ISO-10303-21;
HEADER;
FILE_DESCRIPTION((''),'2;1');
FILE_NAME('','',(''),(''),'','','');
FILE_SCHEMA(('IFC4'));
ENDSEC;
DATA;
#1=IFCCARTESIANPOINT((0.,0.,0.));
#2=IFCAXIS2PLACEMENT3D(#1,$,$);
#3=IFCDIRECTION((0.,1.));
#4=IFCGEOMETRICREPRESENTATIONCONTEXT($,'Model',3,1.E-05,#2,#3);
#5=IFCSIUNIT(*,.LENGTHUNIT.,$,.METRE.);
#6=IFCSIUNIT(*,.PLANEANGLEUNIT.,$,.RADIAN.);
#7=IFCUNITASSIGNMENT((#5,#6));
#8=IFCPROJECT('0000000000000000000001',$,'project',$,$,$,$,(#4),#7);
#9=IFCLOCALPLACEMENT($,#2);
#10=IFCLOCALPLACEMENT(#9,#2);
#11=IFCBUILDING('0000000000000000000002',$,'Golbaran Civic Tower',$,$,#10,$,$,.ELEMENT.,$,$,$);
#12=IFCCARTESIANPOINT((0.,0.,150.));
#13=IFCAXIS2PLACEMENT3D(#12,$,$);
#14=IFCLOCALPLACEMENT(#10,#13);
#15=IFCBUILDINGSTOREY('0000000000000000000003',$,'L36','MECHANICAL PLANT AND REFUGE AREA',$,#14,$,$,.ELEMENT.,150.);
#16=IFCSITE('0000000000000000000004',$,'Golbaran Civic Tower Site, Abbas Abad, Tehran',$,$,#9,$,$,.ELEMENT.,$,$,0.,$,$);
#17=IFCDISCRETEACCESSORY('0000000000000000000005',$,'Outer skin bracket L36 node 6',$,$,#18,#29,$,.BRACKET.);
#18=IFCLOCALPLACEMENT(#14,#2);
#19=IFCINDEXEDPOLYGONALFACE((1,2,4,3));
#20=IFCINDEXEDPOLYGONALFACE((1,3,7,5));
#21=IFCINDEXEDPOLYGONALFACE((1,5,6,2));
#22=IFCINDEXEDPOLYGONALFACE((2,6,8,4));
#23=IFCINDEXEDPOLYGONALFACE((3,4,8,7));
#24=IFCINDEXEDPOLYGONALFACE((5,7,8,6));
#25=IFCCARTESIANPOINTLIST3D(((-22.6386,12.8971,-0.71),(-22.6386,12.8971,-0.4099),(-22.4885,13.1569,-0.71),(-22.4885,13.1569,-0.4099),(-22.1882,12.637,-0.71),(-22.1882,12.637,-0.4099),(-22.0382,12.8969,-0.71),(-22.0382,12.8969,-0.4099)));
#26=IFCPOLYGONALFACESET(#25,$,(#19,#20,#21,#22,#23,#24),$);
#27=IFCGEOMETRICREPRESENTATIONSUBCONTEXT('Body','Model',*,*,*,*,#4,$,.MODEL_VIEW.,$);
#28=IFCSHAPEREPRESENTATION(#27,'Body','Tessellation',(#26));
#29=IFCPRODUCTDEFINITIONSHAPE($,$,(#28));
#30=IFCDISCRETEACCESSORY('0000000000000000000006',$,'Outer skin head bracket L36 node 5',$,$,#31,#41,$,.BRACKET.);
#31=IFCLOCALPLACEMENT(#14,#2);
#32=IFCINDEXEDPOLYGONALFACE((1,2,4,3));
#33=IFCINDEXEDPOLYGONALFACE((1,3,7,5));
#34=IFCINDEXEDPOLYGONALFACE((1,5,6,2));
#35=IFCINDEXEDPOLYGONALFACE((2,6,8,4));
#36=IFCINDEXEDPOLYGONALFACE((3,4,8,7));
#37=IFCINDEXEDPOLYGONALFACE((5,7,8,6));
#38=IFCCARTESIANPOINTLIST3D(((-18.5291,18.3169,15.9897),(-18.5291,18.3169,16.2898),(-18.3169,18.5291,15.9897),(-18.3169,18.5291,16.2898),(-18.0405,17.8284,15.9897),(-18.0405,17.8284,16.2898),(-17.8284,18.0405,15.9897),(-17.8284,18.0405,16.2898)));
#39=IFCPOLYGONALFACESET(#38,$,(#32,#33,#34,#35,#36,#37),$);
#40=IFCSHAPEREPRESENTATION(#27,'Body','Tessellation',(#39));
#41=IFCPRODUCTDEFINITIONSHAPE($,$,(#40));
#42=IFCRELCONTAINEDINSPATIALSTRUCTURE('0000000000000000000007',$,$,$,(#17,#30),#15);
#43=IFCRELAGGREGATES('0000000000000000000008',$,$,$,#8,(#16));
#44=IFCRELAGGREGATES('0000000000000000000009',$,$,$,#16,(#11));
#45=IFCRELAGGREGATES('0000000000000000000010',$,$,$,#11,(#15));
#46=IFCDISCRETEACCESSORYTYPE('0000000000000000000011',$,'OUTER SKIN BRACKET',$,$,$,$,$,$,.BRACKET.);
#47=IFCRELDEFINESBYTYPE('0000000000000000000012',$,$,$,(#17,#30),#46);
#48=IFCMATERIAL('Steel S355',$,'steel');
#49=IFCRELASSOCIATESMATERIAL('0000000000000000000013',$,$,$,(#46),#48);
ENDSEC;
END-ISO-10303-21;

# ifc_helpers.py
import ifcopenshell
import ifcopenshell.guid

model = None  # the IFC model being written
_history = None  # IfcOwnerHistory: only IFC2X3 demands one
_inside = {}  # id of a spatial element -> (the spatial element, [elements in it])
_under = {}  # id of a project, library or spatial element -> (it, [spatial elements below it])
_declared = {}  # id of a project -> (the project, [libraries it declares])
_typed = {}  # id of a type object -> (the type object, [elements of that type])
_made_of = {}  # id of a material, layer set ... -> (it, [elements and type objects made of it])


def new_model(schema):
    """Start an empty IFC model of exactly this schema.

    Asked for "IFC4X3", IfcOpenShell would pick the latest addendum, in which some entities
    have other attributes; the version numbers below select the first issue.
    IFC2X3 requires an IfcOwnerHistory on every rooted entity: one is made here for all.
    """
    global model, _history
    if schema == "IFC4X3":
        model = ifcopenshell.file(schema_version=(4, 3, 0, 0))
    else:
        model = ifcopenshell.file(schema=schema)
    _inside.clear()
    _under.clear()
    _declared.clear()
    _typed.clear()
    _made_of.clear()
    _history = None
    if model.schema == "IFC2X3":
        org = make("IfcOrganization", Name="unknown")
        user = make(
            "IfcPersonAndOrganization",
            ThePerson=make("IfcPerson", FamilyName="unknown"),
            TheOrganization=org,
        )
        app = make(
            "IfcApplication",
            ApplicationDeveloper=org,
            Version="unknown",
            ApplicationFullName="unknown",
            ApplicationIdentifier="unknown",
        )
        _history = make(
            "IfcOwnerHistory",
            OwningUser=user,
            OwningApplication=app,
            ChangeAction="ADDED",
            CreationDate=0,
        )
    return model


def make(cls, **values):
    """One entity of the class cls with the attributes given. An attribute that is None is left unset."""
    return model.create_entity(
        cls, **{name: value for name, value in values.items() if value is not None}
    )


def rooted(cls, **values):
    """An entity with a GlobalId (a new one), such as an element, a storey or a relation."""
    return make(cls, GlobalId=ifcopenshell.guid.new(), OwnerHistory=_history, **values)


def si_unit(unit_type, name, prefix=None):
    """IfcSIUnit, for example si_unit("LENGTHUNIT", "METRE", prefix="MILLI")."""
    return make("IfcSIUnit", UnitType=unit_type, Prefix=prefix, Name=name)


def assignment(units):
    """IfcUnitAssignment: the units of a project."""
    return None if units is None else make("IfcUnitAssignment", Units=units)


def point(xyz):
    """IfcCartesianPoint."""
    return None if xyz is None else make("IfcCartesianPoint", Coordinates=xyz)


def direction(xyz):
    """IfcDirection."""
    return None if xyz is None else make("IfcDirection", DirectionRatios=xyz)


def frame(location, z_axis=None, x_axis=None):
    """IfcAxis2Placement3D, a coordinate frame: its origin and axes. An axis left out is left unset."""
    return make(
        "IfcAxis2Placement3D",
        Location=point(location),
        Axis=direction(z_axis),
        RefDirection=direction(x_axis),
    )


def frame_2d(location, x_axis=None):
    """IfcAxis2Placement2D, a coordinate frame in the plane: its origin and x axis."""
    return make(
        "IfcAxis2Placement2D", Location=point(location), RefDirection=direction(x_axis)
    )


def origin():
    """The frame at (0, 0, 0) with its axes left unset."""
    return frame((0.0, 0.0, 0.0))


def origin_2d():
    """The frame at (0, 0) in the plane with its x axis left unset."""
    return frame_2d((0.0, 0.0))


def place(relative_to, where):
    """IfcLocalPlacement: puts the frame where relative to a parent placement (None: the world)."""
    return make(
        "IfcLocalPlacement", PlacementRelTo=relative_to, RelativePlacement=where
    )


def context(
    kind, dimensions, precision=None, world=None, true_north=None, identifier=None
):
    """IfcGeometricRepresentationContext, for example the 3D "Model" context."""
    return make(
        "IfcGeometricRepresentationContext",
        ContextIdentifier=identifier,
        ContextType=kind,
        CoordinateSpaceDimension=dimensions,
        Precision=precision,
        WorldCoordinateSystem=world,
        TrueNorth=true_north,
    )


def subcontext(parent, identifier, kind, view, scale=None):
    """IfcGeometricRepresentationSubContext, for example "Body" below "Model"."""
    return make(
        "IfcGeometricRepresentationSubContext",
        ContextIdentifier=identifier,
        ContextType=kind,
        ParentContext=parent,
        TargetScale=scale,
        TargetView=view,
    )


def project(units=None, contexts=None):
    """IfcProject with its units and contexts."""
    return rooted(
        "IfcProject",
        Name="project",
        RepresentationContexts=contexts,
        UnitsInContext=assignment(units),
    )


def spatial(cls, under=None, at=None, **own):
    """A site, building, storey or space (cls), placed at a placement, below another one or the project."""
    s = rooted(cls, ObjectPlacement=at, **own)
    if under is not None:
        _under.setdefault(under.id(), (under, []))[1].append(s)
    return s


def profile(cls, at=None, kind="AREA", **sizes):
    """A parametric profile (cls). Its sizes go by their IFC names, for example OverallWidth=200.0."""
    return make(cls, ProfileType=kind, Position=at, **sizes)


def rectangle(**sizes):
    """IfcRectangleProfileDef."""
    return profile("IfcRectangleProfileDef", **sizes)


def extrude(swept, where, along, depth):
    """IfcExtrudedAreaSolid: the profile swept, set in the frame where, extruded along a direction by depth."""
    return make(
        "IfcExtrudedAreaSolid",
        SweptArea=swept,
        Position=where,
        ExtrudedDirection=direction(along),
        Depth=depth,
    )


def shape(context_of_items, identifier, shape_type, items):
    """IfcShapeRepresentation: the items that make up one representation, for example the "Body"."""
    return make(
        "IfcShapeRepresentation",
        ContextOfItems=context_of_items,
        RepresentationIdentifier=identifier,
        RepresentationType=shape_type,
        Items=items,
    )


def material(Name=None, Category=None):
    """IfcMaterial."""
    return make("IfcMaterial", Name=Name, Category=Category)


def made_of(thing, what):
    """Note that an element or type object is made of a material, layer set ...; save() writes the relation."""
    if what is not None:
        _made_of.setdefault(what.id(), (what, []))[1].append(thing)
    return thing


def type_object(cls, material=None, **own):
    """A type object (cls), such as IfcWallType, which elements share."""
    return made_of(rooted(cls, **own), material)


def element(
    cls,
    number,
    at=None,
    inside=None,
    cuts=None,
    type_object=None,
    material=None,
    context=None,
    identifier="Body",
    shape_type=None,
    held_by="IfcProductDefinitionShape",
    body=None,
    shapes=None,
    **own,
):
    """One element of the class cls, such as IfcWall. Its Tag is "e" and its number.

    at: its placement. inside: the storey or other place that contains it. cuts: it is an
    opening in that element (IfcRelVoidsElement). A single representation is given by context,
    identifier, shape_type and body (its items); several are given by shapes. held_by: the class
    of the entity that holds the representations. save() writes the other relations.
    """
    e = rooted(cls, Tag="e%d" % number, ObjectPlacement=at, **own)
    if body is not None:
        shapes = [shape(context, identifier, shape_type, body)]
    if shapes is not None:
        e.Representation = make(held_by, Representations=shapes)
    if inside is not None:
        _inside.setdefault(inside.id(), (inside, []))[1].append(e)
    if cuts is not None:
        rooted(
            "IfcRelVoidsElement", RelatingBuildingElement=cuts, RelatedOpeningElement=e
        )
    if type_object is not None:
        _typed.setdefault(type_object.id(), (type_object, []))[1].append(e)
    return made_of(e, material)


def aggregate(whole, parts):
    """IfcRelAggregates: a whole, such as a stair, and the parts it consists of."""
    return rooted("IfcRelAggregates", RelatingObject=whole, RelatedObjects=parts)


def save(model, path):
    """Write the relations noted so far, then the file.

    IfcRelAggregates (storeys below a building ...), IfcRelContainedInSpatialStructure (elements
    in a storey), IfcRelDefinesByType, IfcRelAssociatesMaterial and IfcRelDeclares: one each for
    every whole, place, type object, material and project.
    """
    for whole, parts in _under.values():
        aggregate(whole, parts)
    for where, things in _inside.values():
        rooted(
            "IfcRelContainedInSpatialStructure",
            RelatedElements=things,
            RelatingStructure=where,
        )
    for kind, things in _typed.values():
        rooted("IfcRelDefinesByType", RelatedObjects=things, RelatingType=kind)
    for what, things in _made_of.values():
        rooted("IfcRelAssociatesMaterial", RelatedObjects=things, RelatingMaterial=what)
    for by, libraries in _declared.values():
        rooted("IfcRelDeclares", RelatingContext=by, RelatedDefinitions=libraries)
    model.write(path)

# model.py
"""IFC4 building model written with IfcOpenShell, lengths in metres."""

from ifc_helpers import new_model, si_unit, direction, frame, origin, origin_2d, place, context, subcontext, project, spatial, rectangle, extrude, material, type_object, element, save


model = new_model("IFC4")

# Units and contexts
model_context = context("Model", 3, precision=1e-05, world=origin(), true_north=direction((0.0, 1.0)))
body_context = subcontext(model_context, "Body", "Model", "MODEL_VIEW")
ifc_project = project(units=[si_unit("LENGTHUNIT", "METRE"), si_unit("PLANEANGLEUNIT", "RADIAN")], contexts=[model_context])

# Site, building, storey
site_placement = place(None, origin())
site = spatial("IfcSite", under=ifc_project, at=site_placement, Name="Golbaran Civic Tower Site, Abbas Abad, Tehran", CompositionType="ELEMENT", RefElevation=0.0)
building_placement = place(site_placement, origin())
building = spatial("IfcBuilding", under=site, at=building_placement, Name="Golbaran Civic Tower", CompositionType="ELEMENT")
storey_placement = place(building_placement, frame((0.0, 0.0, 150.0)))
storey = spatial("IfcBuildingStorey", under=building, at=storey_placement, Name="L36", Description="MECHANICAL PLANT AND REFUGE AREA", CompositionType="ELEMENT", Elevation=150.0)

# Shared definitions
ifc_material_1 = material(Name="Steel S355", Category="steel")

# Discrete accessories
discrete_accessory_type = type_object("IfcDiscreteAccessoryType", Name="OUTER SKIN BRACKET", PredefinedType="BRACKET", material=ifc_material_1)
discrete_accessory_1_placement = place(storey_placement, frame((-22.3384, 12.897, -0.71), z_axis=(0.0, 0.0, 1.0), x_axis=(-0.866025, 0.5, 0.0)))
element("IfcDiscreteAccessory", 1, at=discrete_accessory_1_placement, inside=storey, type_object=discrete_accessory_type, Name="Outer skin bracket L36 node 6", PredefinedType="BRACKET", context=body_context, shape_type="SweptSolid", body=[
    extrude(rectangle(XDim=0.52, YDim=0.3, at=origin_2d()), origin(), (0.0, 0.0, 1.0), 0.3),
])
discrete_accessory_2_placement = place(storey_placement, frame((-18.1787, 18.1787, 15.9897), z_axis=(0.0, 0.0, 1.0), x_axis=(-0.707107, 0.707107, 0.0)))
element("IfcDiscreteAccessory", 2, at=discrete_accessory_2_placement, inside=storey, type_object=discrete_accessory_type, Name="Outer skin head bracket L36 node 5", PredefinedType="BRACKET", context=body_context, shape_type="SweptSolid", body=[
    extrude(rectangle(XDim=0.6909, YDim=0.3, at=origin_2d()), origin(), (0.0, 0.0, 1.0), 0.3),
])

save(model, "model.ifc")
